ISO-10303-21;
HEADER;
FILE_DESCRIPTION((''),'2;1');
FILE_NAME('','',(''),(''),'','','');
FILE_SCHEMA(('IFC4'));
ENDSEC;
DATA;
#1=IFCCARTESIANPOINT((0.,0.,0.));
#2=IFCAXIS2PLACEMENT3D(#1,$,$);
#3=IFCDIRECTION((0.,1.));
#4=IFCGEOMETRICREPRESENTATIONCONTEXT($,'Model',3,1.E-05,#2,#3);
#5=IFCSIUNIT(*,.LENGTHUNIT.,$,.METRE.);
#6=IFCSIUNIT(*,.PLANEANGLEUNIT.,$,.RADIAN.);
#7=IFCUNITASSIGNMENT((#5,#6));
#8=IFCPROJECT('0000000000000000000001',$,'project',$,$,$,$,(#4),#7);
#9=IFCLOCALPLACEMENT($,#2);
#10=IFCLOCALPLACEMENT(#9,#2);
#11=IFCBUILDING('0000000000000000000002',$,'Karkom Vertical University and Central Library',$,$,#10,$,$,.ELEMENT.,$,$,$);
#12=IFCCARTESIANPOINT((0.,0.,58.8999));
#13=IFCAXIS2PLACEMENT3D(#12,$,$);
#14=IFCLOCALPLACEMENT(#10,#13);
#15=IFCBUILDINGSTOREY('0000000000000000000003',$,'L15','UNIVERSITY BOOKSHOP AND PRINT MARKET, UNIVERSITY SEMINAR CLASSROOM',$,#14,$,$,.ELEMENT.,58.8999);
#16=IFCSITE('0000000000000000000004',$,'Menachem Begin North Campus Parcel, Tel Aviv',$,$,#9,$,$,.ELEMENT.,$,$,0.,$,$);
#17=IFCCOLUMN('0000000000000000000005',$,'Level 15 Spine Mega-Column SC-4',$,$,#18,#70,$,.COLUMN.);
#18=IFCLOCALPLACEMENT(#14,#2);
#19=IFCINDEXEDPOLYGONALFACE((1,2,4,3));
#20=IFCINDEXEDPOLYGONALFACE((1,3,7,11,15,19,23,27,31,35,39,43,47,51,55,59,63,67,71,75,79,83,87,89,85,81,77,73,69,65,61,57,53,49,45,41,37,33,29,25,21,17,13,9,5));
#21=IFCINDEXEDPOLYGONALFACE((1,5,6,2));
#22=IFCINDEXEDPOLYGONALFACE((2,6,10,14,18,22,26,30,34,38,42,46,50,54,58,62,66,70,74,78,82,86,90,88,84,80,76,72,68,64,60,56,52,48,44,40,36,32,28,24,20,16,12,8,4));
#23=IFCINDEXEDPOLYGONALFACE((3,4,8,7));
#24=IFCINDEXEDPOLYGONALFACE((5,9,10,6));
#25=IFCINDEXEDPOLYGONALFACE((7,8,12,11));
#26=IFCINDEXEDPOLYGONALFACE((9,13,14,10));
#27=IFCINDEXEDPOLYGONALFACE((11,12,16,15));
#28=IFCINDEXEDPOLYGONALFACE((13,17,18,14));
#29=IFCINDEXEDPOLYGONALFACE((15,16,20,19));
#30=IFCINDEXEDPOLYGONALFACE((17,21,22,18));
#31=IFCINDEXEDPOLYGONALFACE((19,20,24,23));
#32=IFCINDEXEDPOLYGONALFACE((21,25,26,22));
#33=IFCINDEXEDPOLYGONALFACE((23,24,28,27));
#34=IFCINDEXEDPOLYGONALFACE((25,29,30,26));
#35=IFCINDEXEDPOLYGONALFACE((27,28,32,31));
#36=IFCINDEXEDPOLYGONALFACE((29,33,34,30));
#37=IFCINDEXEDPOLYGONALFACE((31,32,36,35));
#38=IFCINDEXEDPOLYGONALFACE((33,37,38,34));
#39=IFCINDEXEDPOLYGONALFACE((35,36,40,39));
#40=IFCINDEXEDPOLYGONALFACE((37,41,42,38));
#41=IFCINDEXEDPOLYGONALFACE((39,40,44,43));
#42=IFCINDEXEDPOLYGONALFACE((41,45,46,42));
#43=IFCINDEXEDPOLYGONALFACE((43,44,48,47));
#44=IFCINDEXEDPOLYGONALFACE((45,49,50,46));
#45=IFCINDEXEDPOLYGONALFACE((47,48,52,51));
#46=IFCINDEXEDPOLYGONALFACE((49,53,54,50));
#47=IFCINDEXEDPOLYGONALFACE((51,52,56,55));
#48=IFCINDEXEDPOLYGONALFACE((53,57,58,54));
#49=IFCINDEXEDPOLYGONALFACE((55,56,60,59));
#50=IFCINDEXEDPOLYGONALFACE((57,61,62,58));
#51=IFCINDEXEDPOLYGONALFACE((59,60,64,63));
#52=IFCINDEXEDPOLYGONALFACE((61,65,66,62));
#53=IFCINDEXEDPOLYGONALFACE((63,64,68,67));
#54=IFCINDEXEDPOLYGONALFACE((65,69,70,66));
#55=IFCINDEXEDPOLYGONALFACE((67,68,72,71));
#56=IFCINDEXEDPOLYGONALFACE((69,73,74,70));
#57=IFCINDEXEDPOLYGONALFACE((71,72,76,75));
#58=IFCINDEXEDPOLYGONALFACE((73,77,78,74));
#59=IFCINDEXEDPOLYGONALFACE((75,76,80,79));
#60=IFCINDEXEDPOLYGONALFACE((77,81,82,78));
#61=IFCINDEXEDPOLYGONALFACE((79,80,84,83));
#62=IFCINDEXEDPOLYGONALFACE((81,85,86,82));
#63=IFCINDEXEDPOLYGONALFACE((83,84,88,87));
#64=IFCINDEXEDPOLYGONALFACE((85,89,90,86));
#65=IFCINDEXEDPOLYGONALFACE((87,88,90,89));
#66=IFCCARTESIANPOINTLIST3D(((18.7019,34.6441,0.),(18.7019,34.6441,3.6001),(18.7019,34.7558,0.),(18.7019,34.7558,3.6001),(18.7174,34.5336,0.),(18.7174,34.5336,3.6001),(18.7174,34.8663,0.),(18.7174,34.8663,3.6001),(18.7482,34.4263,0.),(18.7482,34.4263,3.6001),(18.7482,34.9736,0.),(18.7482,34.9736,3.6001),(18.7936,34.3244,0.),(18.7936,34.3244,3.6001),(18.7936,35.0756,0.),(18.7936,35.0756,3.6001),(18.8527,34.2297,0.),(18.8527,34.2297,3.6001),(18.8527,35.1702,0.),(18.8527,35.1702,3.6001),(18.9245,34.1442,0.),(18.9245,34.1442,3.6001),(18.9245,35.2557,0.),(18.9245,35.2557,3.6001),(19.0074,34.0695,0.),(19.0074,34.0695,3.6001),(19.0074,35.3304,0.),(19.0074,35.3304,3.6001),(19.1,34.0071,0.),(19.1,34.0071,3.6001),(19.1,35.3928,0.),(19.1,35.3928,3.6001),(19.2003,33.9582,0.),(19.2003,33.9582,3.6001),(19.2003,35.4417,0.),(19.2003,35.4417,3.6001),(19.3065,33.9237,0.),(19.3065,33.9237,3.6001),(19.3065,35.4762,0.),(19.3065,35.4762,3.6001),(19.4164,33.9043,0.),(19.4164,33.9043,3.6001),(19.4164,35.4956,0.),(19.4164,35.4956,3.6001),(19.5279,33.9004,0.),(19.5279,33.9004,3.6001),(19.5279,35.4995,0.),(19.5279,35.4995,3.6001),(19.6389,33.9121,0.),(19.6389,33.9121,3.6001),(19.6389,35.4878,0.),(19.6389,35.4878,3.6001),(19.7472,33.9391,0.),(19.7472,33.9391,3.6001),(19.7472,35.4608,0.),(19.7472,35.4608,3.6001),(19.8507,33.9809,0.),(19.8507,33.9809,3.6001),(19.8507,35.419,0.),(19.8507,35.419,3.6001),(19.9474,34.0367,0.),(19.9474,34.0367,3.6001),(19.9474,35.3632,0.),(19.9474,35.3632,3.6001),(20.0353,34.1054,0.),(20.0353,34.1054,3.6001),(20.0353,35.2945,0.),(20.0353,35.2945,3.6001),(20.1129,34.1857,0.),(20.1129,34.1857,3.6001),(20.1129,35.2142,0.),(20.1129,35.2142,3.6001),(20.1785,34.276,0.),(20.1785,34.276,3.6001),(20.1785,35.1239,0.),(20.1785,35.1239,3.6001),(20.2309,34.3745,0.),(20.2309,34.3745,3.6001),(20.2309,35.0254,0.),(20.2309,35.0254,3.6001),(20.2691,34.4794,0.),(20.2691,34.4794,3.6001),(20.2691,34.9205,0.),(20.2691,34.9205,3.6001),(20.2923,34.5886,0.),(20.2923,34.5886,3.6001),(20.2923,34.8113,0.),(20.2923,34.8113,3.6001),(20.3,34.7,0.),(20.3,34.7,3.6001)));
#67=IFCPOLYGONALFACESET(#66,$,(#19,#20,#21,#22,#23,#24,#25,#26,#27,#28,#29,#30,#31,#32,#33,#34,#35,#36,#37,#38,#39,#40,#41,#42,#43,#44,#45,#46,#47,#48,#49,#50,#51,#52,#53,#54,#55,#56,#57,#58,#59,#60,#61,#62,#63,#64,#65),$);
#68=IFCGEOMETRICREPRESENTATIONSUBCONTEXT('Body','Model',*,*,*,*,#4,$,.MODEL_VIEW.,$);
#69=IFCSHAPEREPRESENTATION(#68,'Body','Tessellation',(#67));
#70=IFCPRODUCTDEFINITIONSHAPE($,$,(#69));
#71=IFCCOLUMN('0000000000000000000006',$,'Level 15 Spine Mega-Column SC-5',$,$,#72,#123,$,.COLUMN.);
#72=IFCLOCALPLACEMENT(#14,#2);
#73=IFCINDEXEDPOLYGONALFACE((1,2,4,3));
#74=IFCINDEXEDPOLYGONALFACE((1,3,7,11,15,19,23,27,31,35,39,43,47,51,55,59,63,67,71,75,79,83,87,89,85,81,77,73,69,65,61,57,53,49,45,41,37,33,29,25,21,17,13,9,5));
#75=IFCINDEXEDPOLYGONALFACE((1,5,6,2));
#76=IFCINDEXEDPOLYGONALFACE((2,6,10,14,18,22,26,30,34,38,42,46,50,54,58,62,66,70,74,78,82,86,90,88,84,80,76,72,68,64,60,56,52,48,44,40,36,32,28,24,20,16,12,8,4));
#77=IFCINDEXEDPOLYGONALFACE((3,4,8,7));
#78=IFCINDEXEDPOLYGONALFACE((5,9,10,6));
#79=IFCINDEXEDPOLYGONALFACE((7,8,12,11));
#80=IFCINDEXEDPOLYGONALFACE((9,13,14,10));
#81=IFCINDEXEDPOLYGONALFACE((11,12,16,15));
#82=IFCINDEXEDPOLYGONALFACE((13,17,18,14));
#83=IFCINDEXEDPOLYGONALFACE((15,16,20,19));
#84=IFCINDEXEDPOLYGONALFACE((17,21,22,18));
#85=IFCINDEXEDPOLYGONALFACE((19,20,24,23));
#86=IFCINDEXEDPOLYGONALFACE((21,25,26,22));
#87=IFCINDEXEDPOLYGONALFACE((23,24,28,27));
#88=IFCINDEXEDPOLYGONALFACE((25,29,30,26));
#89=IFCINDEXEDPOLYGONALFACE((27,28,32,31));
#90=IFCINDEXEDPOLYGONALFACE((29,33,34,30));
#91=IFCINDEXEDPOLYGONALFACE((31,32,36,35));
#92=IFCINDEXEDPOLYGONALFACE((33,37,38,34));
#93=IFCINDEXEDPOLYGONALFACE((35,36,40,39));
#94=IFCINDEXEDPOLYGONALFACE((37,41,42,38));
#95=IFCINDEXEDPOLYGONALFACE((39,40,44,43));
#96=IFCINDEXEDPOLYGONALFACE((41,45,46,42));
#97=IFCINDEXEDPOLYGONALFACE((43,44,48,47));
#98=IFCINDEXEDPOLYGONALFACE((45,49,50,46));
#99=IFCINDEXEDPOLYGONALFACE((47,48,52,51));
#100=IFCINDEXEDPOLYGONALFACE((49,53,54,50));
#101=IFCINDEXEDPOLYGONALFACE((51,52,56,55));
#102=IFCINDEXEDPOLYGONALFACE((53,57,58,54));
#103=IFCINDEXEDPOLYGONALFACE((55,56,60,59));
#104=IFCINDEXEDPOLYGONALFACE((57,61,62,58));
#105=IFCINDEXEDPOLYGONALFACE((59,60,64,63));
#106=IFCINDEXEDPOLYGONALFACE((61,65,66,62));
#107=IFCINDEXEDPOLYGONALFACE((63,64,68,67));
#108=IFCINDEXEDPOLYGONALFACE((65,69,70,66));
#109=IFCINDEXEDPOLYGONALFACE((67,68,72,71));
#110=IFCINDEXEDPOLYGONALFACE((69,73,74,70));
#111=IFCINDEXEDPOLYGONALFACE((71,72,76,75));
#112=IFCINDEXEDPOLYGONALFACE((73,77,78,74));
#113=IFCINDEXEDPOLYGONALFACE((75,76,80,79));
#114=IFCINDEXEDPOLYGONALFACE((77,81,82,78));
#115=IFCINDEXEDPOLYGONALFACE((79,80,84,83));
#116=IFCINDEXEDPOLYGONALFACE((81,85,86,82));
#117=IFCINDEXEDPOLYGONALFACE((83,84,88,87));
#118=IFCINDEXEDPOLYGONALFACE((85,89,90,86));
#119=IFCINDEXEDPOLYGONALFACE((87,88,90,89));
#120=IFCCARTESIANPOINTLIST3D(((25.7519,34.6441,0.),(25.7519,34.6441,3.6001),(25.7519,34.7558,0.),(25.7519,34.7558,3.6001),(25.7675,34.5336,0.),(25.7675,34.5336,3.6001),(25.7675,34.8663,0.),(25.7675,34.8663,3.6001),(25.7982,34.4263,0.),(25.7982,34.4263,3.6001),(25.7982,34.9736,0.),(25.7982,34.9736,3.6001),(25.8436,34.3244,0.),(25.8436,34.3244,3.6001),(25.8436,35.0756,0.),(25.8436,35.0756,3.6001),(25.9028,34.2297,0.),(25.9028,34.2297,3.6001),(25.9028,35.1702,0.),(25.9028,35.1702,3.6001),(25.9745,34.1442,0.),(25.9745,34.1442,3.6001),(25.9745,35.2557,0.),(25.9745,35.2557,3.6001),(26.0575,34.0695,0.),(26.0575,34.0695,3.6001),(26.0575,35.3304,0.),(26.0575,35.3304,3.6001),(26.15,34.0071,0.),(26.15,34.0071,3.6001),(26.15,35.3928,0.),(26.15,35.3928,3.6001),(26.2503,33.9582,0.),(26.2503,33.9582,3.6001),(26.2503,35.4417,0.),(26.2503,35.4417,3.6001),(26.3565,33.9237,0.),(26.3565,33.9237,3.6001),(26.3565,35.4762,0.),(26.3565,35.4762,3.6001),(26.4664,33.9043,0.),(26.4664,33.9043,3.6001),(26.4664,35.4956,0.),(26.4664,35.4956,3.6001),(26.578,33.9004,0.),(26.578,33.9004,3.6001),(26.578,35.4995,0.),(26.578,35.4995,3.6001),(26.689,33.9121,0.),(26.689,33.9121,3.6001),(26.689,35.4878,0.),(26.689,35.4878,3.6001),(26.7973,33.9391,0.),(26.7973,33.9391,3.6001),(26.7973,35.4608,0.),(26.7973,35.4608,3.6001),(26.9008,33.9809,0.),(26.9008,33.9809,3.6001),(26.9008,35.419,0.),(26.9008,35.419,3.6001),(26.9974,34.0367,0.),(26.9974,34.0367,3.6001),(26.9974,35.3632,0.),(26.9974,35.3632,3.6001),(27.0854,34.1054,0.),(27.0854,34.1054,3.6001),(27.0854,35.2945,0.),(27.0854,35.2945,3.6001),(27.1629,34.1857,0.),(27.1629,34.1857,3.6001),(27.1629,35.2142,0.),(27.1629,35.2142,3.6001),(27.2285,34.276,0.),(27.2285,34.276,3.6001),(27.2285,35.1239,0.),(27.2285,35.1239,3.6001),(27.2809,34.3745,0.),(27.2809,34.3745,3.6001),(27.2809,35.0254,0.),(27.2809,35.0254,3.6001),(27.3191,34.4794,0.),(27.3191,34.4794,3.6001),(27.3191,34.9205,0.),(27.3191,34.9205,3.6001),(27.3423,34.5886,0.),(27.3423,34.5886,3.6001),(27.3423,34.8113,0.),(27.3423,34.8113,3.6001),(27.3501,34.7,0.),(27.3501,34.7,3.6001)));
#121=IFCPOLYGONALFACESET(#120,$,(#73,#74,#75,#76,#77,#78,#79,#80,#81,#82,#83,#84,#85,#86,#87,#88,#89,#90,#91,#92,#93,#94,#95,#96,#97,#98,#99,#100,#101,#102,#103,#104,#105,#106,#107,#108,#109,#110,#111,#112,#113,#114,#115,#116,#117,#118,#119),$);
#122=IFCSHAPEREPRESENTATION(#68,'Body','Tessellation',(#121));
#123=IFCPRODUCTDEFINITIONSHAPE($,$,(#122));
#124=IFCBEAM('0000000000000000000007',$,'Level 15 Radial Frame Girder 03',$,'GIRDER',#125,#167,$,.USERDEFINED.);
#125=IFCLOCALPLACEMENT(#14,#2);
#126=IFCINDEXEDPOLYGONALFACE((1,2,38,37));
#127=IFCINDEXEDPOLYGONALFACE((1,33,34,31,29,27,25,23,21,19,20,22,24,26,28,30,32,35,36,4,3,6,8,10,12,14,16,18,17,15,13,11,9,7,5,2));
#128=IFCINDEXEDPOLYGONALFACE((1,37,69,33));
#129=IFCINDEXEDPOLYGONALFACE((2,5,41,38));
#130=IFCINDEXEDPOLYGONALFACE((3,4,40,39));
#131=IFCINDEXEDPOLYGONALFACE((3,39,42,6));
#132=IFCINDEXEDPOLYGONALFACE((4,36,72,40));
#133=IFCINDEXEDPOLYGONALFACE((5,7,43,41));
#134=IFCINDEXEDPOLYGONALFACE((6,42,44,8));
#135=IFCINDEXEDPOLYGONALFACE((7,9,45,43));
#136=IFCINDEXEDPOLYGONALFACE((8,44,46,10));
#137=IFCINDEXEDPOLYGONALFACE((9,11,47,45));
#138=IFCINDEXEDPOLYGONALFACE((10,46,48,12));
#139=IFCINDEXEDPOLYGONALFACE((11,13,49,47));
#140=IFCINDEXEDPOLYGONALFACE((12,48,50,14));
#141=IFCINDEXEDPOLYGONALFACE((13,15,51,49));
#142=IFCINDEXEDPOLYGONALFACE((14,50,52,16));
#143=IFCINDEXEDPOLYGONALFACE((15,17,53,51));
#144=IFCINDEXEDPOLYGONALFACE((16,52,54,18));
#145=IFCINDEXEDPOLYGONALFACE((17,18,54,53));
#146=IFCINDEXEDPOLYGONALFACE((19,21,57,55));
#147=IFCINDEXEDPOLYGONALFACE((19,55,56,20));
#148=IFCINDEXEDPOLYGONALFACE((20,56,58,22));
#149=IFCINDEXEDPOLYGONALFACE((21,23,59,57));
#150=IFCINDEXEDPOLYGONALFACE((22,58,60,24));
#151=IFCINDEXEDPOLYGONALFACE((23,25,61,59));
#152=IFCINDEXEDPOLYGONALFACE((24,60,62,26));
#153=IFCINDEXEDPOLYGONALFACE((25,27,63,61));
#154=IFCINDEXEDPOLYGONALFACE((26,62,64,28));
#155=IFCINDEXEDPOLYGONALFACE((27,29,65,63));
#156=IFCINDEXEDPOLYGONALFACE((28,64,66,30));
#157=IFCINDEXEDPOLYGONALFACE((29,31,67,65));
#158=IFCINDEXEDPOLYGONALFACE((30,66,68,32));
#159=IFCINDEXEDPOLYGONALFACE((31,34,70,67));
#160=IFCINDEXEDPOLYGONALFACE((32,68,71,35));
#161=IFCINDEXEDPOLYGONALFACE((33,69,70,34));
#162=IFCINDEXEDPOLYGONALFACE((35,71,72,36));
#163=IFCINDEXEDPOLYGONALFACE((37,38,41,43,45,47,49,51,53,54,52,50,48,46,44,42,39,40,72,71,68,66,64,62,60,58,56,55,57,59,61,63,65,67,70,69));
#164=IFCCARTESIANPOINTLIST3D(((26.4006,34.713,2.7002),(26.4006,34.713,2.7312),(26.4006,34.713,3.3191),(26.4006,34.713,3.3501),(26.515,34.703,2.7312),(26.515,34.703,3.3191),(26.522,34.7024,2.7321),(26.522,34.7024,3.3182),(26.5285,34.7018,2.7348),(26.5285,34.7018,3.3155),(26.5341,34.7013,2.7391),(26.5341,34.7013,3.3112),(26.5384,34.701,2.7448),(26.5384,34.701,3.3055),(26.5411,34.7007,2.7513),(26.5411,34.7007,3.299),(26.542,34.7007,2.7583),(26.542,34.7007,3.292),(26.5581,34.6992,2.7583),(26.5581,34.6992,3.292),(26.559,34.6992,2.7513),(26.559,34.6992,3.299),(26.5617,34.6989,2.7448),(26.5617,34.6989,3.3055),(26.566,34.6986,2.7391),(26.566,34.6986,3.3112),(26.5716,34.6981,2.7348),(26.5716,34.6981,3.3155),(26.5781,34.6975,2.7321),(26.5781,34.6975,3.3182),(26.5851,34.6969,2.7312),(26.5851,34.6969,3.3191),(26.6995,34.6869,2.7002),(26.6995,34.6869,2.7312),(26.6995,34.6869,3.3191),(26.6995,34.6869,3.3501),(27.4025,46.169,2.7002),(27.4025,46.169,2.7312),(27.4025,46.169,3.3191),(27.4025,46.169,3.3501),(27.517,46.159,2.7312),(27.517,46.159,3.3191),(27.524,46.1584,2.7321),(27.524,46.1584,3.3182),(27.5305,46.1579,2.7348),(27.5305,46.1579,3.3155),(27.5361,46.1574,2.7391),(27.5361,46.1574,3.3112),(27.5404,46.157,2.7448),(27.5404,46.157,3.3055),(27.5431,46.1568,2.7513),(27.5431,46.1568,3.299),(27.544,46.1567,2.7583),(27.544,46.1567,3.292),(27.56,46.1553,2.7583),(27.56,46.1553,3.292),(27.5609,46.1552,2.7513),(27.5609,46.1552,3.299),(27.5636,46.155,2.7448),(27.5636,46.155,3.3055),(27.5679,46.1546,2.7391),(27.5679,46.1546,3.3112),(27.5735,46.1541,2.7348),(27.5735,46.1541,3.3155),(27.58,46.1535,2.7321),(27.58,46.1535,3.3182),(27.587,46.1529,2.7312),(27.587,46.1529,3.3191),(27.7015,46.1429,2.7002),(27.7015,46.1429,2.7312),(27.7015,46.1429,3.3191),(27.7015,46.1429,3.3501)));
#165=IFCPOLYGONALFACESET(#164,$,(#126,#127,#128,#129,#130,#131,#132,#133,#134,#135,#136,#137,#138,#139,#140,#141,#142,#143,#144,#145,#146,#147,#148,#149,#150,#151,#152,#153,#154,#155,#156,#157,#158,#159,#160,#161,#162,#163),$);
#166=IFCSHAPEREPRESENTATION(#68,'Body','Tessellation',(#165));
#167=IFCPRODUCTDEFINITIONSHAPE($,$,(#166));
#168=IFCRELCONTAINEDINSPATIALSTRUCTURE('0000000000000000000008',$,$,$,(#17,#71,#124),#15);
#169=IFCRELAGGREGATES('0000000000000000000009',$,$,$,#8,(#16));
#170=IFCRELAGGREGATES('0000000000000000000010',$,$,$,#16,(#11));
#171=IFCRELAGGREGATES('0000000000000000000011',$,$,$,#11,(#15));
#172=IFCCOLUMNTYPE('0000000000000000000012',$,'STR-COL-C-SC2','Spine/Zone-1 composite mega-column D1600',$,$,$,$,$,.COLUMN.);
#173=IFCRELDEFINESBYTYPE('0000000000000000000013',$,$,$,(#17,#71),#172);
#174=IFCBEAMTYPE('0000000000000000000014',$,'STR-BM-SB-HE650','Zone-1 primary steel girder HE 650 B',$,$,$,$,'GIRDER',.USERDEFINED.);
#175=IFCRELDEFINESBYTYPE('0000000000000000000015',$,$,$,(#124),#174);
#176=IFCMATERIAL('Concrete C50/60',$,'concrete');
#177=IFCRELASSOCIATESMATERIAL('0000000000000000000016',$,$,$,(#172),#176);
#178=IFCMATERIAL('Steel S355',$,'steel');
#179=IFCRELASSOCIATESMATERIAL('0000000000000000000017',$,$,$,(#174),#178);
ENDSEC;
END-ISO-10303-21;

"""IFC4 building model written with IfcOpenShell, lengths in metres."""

from ifc_helpers import new_model, si_unit, direction, frame, origin, origin_with_axes, origin_2d, place, context, subcontext, project, spatial, circle, i_section, extrude, source, transform, mapped, material, material_profile, profile_set, type_object, element, save


model = new_model("IFC4")

# Units and contexts
model_context = context("Model", 3, precision=1e-05, world=origin(), true_north=direction((0.0, 1.0)))
body_context = subcontext(model_context, "Body", "Model", "MODEL_VIEW")
ifc_project = project(units=[si_unit("LENGTHUNIT", "METRE"), si_unit("PLANEANGLEUNIT", "RADIAN")], contexts=[model_context])

# Site, building, storey
site_placement = place(None, origin())
site = spatial("IfcSite", under=ifc_project, at=site_placement, Name="Menachem Begin North Campus Parcel, Tel Aviv", CompositionType="ELEMENT", RefElevation=0.0)
building_placement = place(site_placement, origin())
building = spatial("IfcBuilding", under=site, at=building_placement, Name="Karkom Vertical University and Central Library", CompositionType="ELEMENT")
storey_placement = place(building_placement, frame((0.0, 0.0, 58.8999)))
storey = spatial("IfcBuildingStorey", under=building, at=storey_placement, Name="L15", Description="UNIVERSITY BOOKSHOP AND PRINT MARKET, UNIVERSITY SEMINAR CLASSROOM", CompositionType="ELEMENT", Elevation=58.8999)

# Columns
ifc_material_1 = material(Name="Concrete C50/60", Category="concrete")
ifc_material_profile_1 = material_profile(ifc_material_1, circle(Radius=0.8, at=origin_2d()), Name="CFT-D1600")
ifc_profile_set_1 = profile_set([ifc_material_profile_1], Name="Concrete C50/60")
column_type = type_object("IfcColumnType", Name="STR-COL-C-SC2", Description="Spine/Zone-1 composite mega-column D1600", PredefinedType="COLUMN", material=ifc_profile_set_1)
shared_shape_1 = source(origin_with_axes(), body_context, "Body", "SweptSolid", [
    extrude(circle(Radius=0.8, at=origin_2d()), origin(), (0.0, 0.0, 1.0), 3.6001),
])
for number, where, z_axis, x_axis, name in (
    (1, (19.5, 34.7, 0.0), (0.0, 0.0, 1.0), (1.0, 0.0, 0.0), "Level 15 Spine Mega-Column SC-4"),
    (2, (26.55, 34.7, 0.0), (0.0, 0.0, 1.0), (1.0, 0.0, 0.0), "Level 15 Spine Mega-Column SC-5"),
):
    element("IfcColumn", number, at=place(storey_placement, frame(where, z_axis=z_axis, x_axis=x_axis)), inside=storey, type_object=column_type, Name=name, PredefinedType="COLUMN", context=body_context, shape_type="MappedRepresentation", body=[
        mapped(shared_shape_1, transform((0.0, 0.0, 0.0), scale=1.0)),
    ])

# Beam
ifc_material_2 = material(Name="Steel S355", Category="steel")
ifc_material_profile_2 = material_profile(ifc_material_2, i_section(OverallWidth=0.3, OverallDepth=0.6499, WebThickness=0.0161, FlangeThickness=0.031, FilletRadius=0.0271, at=origin_2d()), Name="HE 650 B")
ifc_profile_set_2 = profile_set([ifc_material_profile_2], Name="Steel S355")
beam_type = type_object("IfcBeamType", Name="STR-BM-SB-HE650", Description="Zone-1 primary steel girder HE 650 B", ElementType="GIRDER", PredefinedType="USERDEFINED", material=ifc_profile_set_2)
shared_shape_2 = source(origin_with_axes(), body_context, "Body", "SweptSolid", [
    extrude(i_section(OverallWidth=0.3, OverallDepth=0.6499, WebThickness=0.0161, FlangeThickness=0.031, FilletRadius=0.0271, at=origin_2d()), origin(), (0.0, 0.0, 1.0), 11.4998),
])
beam_1_placement = place(storey_placement, frame((26.55, 34.7, 3.0251), z_axis=(0.087128, 0.996197, 0.0), x_axis=(-0.996197, 0.087128, 0.0)))
element("IfcBeam", 3, at=beam_1_placement, inside=storey, type_object=beam_type, Name="Level 15 Radial Frame Girder 03", ObjectType="GIRDER", PredefinedType="USERDEFINED", context=body_context, shape_type="MappedRepresentation", body=[
    mapped(shared_shape_2, transform((0.0, 0.0, 0.0), scale=1.0)),
])

save(model, "model.ifc")
